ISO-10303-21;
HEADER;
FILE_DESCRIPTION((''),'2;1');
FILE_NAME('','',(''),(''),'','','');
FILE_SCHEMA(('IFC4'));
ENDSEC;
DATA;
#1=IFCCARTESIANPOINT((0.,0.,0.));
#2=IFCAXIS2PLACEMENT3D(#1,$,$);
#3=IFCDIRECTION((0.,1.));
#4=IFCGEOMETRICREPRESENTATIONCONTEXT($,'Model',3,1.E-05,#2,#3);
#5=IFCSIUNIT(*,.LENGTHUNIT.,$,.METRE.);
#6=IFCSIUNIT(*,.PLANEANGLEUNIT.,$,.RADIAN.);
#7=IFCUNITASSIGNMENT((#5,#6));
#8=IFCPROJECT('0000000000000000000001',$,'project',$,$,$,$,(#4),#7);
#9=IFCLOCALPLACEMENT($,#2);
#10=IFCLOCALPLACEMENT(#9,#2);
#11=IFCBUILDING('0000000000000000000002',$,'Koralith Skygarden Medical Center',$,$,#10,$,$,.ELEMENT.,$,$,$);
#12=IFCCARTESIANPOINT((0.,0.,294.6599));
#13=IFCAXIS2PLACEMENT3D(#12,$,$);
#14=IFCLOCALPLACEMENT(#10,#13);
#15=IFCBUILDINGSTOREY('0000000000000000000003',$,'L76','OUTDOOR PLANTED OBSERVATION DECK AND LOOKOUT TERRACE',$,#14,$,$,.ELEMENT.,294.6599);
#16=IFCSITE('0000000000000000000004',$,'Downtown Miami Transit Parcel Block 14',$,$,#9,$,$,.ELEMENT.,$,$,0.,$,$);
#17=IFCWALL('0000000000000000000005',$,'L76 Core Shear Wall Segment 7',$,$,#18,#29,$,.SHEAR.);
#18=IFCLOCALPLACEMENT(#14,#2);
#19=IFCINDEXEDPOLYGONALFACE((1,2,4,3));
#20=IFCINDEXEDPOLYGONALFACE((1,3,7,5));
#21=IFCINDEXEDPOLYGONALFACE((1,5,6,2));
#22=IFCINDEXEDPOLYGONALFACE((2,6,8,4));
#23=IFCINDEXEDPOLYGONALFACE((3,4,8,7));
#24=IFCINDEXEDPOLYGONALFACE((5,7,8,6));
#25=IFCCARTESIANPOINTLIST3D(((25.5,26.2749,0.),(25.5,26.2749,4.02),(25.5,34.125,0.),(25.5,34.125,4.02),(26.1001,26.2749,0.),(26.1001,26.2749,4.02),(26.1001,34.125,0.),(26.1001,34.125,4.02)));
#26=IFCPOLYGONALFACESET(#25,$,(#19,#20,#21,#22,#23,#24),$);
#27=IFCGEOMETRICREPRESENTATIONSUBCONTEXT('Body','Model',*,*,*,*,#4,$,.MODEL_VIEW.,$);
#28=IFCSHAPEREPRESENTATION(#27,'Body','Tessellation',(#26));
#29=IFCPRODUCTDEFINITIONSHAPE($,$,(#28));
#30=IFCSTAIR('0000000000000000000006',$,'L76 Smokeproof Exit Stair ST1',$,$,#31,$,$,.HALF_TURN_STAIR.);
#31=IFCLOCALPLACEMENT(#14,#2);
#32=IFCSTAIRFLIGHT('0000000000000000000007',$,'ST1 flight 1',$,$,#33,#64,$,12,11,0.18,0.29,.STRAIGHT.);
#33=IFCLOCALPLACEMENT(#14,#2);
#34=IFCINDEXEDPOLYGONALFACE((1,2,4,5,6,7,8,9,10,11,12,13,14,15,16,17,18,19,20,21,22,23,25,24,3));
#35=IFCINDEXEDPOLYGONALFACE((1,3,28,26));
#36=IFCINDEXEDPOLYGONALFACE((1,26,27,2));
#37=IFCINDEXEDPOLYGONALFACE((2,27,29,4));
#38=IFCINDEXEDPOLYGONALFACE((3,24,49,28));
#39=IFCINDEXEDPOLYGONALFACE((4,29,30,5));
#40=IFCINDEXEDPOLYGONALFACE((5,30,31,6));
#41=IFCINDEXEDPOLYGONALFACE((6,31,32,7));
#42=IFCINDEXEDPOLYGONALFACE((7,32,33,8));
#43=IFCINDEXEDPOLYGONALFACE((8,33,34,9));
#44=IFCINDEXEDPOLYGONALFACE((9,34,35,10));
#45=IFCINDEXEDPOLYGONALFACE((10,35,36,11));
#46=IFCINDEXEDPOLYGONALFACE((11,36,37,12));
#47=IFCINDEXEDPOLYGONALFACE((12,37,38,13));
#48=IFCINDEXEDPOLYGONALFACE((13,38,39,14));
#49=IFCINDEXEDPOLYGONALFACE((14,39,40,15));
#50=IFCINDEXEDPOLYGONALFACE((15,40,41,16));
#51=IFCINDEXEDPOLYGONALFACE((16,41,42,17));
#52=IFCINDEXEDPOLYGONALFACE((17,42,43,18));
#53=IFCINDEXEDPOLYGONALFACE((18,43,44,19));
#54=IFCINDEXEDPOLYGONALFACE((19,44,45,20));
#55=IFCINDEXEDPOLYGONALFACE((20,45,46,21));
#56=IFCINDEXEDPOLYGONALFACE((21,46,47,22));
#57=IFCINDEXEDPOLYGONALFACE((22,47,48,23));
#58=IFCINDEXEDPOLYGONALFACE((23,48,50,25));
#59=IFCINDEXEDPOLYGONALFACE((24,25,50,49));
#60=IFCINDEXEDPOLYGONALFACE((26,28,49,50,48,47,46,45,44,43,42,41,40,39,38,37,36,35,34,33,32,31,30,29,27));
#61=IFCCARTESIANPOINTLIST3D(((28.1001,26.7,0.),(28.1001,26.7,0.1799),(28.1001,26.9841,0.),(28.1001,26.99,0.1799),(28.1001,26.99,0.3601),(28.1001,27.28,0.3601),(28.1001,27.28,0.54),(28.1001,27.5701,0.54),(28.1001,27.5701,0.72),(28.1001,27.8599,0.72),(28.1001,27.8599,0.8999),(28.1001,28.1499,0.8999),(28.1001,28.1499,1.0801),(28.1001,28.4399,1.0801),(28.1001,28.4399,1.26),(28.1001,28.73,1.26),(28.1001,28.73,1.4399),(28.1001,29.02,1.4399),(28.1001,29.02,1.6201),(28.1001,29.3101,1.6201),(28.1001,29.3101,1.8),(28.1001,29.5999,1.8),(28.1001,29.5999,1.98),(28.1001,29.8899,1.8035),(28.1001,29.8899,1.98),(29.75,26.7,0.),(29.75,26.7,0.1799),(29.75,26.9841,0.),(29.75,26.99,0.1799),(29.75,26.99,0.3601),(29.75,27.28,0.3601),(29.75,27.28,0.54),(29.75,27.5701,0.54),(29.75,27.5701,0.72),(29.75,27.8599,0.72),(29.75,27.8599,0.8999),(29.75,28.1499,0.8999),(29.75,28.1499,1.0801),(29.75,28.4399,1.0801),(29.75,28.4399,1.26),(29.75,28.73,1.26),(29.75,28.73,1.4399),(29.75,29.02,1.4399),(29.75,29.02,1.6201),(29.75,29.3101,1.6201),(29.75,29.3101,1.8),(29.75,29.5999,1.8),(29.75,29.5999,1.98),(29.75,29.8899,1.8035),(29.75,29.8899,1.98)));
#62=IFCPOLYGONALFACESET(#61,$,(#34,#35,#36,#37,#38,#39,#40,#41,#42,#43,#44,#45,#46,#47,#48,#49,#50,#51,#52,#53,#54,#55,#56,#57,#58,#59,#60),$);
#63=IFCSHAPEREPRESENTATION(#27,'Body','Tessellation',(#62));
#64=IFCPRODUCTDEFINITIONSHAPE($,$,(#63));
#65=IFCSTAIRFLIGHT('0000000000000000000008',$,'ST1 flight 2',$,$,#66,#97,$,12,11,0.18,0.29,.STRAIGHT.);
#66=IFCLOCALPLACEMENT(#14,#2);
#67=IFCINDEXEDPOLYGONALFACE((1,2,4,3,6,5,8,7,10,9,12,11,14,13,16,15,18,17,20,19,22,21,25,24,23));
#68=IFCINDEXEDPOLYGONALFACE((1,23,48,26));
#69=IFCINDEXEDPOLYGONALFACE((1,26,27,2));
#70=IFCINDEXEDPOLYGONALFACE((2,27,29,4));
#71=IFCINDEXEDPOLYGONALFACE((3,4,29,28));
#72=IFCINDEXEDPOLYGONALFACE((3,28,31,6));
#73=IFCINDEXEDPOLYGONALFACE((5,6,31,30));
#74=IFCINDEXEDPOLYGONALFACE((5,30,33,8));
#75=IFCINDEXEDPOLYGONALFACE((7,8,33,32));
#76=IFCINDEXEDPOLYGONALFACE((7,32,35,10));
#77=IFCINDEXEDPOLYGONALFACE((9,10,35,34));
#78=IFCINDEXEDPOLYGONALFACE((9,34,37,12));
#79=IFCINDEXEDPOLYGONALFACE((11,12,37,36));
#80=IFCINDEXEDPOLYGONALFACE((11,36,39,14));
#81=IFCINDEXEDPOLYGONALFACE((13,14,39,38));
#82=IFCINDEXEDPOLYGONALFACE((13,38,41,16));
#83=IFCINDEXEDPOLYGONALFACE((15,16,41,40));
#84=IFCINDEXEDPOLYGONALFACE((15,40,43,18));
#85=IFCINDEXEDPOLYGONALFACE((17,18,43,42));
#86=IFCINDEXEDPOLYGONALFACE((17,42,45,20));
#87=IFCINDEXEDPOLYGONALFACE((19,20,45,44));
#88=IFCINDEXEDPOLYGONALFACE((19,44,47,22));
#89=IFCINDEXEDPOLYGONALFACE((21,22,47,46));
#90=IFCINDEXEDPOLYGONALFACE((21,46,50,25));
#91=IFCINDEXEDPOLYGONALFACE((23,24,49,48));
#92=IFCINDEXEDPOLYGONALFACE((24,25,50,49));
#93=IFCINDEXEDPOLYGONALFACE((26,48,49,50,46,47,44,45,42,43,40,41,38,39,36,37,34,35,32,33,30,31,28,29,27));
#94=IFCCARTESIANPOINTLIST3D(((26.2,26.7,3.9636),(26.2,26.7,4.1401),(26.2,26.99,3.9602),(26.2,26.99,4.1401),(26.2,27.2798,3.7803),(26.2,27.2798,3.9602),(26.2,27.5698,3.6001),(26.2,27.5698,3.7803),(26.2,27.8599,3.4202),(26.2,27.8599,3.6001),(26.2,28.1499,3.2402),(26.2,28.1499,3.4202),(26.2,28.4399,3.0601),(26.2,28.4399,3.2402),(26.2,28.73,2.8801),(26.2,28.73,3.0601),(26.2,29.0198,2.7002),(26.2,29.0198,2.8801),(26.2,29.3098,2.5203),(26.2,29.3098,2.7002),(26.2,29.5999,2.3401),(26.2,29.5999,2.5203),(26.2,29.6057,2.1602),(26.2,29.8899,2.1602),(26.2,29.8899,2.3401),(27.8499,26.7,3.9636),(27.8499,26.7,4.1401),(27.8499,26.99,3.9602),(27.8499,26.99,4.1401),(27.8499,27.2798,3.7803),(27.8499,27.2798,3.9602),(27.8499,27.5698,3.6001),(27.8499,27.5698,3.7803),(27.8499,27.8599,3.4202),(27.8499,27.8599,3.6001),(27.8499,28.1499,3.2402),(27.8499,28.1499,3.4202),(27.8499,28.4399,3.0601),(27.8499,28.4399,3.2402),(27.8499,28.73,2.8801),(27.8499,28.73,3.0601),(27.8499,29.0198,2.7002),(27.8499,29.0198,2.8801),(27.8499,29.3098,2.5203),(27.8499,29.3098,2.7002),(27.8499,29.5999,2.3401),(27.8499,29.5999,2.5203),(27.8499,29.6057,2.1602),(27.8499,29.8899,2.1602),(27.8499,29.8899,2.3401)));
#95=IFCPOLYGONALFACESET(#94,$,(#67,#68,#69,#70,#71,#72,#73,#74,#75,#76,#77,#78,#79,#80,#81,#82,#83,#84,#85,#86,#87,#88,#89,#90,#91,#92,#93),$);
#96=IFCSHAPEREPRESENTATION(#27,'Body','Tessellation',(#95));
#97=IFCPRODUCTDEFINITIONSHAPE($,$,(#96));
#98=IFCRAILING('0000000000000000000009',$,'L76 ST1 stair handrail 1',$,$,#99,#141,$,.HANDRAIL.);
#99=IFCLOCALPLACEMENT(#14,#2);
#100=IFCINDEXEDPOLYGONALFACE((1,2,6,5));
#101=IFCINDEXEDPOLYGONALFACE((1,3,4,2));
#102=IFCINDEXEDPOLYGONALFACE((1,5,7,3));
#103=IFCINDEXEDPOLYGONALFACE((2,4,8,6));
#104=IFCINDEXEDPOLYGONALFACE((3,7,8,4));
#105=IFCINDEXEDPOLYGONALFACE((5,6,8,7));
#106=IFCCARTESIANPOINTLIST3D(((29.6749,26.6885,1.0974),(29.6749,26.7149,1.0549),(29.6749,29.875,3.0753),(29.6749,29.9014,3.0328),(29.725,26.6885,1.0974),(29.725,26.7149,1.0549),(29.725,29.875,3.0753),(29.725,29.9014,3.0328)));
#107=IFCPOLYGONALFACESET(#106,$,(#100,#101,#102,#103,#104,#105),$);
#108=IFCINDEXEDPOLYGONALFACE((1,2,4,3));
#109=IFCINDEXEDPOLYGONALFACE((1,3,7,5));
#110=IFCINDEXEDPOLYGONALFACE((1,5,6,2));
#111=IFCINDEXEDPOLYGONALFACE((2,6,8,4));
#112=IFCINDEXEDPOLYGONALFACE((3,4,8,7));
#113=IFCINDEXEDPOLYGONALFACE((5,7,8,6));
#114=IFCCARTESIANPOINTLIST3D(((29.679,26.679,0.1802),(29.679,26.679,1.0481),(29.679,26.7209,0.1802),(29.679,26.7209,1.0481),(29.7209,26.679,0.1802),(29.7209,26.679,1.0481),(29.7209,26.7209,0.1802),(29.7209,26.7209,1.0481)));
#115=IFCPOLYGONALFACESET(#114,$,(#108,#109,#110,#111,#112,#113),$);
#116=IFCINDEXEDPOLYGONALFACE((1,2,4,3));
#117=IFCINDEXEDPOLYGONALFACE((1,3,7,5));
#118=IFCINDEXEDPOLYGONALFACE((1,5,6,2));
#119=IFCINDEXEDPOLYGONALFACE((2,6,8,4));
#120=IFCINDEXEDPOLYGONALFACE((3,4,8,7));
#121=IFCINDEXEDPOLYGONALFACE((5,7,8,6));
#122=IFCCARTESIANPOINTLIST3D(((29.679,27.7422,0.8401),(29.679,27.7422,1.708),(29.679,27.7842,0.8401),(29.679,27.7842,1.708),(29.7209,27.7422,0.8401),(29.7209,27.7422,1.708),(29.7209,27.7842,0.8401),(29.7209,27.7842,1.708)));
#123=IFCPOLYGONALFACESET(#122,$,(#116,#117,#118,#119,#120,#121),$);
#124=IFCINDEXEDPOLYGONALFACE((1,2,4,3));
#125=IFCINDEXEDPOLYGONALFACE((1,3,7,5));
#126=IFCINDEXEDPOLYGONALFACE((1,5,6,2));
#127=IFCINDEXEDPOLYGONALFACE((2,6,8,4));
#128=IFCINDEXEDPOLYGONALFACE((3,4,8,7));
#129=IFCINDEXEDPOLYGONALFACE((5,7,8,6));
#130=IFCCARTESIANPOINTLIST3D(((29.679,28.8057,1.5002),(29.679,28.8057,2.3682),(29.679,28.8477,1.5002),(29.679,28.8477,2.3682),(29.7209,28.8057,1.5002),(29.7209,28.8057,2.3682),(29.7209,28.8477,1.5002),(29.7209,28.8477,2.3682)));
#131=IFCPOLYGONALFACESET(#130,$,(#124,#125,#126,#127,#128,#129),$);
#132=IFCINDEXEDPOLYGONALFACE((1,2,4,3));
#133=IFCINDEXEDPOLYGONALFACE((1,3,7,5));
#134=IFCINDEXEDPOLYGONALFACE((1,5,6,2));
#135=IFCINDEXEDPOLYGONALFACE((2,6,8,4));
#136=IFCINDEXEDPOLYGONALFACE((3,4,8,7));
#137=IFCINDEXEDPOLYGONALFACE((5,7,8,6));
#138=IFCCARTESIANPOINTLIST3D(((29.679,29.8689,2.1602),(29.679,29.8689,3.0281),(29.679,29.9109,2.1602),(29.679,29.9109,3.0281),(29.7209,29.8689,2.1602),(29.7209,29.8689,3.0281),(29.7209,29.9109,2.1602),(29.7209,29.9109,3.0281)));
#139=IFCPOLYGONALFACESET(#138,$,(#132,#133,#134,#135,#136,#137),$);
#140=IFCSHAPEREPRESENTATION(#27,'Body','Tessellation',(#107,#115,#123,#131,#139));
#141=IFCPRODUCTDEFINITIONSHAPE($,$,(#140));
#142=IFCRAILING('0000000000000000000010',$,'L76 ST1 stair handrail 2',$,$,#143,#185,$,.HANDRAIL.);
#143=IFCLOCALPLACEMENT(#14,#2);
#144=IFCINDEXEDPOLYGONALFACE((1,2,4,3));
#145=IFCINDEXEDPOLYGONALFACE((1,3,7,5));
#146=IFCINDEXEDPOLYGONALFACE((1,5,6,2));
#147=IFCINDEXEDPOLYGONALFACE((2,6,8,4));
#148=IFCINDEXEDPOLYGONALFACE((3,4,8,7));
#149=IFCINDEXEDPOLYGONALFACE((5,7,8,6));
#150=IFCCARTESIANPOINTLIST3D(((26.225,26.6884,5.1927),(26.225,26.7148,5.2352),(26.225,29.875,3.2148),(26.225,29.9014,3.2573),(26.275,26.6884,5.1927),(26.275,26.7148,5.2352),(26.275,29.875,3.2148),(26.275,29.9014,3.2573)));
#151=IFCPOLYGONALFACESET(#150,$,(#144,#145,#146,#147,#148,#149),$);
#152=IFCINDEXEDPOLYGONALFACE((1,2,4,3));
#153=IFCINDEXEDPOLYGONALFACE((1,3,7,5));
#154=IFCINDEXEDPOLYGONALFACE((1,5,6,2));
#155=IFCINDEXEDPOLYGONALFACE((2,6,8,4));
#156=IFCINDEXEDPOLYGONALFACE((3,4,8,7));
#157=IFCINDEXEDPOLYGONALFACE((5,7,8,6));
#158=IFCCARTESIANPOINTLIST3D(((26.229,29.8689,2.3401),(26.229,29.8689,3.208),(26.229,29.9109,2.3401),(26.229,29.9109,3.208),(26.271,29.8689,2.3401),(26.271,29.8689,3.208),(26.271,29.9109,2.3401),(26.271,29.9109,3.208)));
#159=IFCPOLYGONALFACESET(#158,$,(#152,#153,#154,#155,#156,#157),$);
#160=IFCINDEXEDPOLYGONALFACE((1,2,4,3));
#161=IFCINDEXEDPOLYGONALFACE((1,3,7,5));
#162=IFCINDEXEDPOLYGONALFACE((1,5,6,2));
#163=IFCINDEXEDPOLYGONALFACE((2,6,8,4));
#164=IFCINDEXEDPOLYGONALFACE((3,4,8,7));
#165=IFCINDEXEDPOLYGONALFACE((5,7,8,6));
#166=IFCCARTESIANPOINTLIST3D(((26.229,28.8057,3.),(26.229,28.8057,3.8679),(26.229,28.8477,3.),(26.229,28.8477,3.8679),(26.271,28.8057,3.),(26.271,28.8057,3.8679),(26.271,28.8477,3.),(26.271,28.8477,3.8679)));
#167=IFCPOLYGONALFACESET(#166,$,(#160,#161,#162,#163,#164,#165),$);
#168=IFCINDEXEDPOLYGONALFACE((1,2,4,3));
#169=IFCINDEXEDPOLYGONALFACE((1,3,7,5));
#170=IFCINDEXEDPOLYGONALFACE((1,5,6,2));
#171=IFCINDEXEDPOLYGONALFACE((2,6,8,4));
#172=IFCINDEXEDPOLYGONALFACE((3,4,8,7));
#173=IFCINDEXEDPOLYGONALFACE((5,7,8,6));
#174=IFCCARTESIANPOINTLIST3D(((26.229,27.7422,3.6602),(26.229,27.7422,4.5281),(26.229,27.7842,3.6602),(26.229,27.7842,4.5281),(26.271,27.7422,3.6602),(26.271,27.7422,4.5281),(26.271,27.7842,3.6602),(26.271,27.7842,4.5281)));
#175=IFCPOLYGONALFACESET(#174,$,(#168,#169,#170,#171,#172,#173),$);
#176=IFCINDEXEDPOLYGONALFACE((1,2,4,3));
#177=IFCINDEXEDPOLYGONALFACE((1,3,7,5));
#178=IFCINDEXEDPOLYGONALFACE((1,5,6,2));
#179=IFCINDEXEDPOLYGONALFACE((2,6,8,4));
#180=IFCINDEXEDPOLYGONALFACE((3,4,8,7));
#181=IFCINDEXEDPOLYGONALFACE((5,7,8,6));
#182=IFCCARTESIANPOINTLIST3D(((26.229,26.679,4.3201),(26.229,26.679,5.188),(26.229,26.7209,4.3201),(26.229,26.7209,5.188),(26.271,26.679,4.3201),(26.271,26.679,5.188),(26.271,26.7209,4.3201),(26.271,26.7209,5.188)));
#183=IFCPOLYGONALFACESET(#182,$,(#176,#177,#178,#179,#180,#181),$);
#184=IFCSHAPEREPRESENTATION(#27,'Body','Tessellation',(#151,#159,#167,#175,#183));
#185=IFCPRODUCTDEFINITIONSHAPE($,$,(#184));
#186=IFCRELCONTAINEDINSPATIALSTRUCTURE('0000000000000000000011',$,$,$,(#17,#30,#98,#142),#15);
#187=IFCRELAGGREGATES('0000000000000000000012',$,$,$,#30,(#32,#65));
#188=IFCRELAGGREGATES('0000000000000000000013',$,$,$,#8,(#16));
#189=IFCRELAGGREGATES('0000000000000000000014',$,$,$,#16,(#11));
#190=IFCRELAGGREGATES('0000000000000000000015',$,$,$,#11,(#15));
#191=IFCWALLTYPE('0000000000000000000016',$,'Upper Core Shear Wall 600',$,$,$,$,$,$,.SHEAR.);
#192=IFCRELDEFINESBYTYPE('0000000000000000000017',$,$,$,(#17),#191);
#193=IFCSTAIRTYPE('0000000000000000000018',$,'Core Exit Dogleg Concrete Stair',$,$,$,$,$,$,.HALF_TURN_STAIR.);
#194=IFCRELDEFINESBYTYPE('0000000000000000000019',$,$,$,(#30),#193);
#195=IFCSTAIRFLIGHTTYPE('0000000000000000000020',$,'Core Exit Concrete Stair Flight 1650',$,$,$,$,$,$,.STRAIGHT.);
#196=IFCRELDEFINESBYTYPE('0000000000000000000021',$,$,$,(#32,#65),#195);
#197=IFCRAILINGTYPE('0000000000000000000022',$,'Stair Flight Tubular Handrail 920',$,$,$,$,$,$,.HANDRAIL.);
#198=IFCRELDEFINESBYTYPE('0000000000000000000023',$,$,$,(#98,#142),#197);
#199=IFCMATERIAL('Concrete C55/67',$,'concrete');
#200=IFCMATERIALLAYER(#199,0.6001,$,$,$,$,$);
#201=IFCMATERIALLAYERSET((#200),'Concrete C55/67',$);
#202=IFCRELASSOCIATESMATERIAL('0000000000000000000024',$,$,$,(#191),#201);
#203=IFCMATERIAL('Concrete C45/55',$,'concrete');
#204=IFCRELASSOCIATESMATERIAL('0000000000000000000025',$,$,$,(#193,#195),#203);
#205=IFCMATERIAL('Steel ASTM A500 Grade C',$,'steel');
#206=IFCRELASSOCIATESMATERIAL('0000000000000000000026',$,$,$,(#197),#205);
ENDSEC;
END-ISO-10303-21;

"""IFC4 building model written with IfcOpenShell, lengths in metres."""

from ifc_helpers import new_model, si_unit, direction, frame, frame_2d, origin, origin_2d, place, context, subcontext, project, spatial, polyline, rectangle, outline, extrude, material, layer, layer_set, type_object, element, aggregate, save


model = new_model("IFC4")

# Units and contexts
model_context = context("Model", 3, precision=1e-05, world=origin(), true_north=direction((0.0, 1.0)))
body_context = subcontext(model_context, "Body", "Model", "MODEL_VIEW")
ifc_project = project(units=[si_unit("LENGTHUNIT", "METRE"), si_unit("PLANEANGLEUNIT", "RADIAN")], contexts=[model_context])

# Site, building, storey
site_placement = place(None, origin())
site = spatial("IfcSite", under=ifc_project, at=site_placement, Name="Downtown Miami Transit Parcel Block 14", CompositionType="ELEMENT", RefElevation=0.0)
building_placement = place(site_placement, origin())
building = spatial("IfcBuilding", under=site, at=building_placement, Name="Koralith Skygarden Medical Center", CompositionType="ELEMENT")
storey_placement = place(building_placement, frame((0.0, 0.0, 294.6599)))
storey = spatial("IfcBuildingStorey", under=building, at=storey_placement, Name="L76", Description="OUTDOOR PLANTED OBSERVATION DECK AND LOOKOUT TERRACE", CompositionType="ELEMENT", Elevation=294.6599)

# Shared definitions
ifc_material_1 = material(Name="Concrete C55/67", Category="concrete")

# Shared definitions
ifc_material_2 = material(Name="Concrete C45/55", Category="concrete")

# Wall
ifc_layer_1 = layer(ifc_material_1, 0.6001)
ifc_layer_set_1 = layer_set([ifc_layer_1], Name="Concrete C55/67")
wall_type_1 = type_object("IfcWallType", Name="Upper Core Shear Wall 600", PredefinedType="SHEAR", material=ifc_layer_set_1)
wall_1_placement = place(storey_placement, frame((25.8, 34.125, 0.0), z_axis=(0.0, 0.0, 1.0), x_axis=(0.0, -1.0, 0.0)))
element("IfcWall", 1, at=wall_1_placement, inside=storey, type_object=wall_type_1, Name="L76 Core Shear Wall Segment 7", PredefinedType="SHEAR", context=body_context, shape_type="SweptSolid", body=[
    extrude(rectangle(XDim=7.8501, YDim=0.6001, at=frame_2d((3.925, 0.0))), origin(), (0.0, 0.0, 1.0), 4.02),
])

# Stair, stair flights
stair_type = type_object("IfcStairType", Name="Core Exit Dogleg Concrete Stair", PredefinedType="HALF_TURN_STAIR", material=ifc_material_2)
stair_placement = place(storey_placement, origin())
stair = element("IfcStair", 2, at=stair_placement, inside=storey, type_object=stair_type, Name="L76 Smokeproof Exit Stair ST1", PredefinedType="HALF_TURN_STAIR")
stair_flight_type = type_object("IfcStairFlightType", Name="Core Exit Concrete Stair Flight 1650", PredefinedType="STRAIGHT", material=ifc_material_2)
stair_flight_1_placement = place(storey_placement, frame((28.925, 26.7, 0.0), z_axis=(0.0, 0.0, 1.0), x_axis=(0.0, 1.0, 0.0)))
stair_flight_1 = element("IfcStairFlight", 3, at=stair_flight_1_placement, type_object=stair_flight_type, Name="ST1 flight 1", NumberOfRisers=12, NumberOfTreads=11, PredefinedType="STRAIGHT", RiserHeight=0.18, TreadLength=0.29, context=body_context, shape_type="SweptSolid", body=[
    extrude(outline(polyline([(0.0, 0.0), (0.0, 0.1799), (0.29, 0.1799), (0.29, 0.3601), (0.5801, 0.3601), (0.5801, 0.54), (0.8701, 0.54), (0.8701, 0.72), (1.1599, 0.72), (1.1599, 0.8999), (1.45, 0.8999), (1.45, 1.0801), (1.74, 1.0801), (1.74, 1.26), (2.03, 1.26), (2.03, 1.4399), (2.3201, 1.4399), (2.3201, 1.6201), (2.6101, 1.6201), (2.6101, 1.8), (2.8999, 1.8), (2.8999, 1.98), (3.1899, 1.98), (3.1899, 2.1599), (3.1899, 1.8035), (0.2842, 0.0), (0.0, 0.0)])), frame((0.0, 0.825, 0.0), z_axis=(0.0, -1.0, 0.0), x_axis=(1.0, 0.0, 0.0)), (0.0, 0.0, 1.0), 1.6499),
])
stair_flight_2_placement = place(storey_placement, frame((27.0249, 29.8899, 2.1602), z_axis=(0.0, 0.0, 1.0), x_axis=(0.0, -1.0, 0.0)))
stair_flight_2 = element("IfcStairFlight", 4, at=stair_flight_2_placement, type_object=stair_flight_type, Name="ST1 flight 2", NumberOfRisers=12, NumberOfTreads=11, PredefinedType="STRAIGHT", RiserHeight=0.18, TreadLength=0.29, context=body_context, shape_type="SweptSolid", body=[
    extrude(outline(polyline([(0.0, 0.0), (0.0, 0.1799), (0.29, 0.1799), (0.29, 0.3601), (0.5801, 0.3601), (0.5801, 0.54), (0.8701, 0.54), (0.8701, 0.72), (1.1599, 0.72), (1.1599, 0.8999), (1.45, 0.8999), (1.45, 1.0801), (1.74, 1.0801), (1.74, 1.26), (2.03, 1.26), (2.03, 1.4399), (2.3201, 1.4399), (2.3201, 1.6201), (2.6101, 1.6201), (2.6101, 1.8), (2.8999, 1.8), (2.8999, 1.98), (3.1899, 1.98), (3.1899, 2.1599), (3.1899, 1.8035), (0.2842, 0.0), (0.0, 0.0)])), frame((0.0, 0.825, 0.0), z_axis=(0.0, -1.0, 0.0), x_axis=(1.0, 0.0, 0.0)), (0.0, 0.0, 1.0), 1.6499),
])
aggregate(stair, [stair_flight_1, stair_flight_2])

# Railings
ifc_material_3 = material(Name="Steel ASTM A500 Grade C", Category="steel")
railing_type_1 = type_object("IfcRailingType", Name="Stair Flight Tubular Handrail 920", PredefinedType="HANDRAIL", material=ifc_material_3)
railing_1_placement = place(storey_placement, frame((29.7, 26.7, 0.1802)))
element("IfcRailing", 5, at=railing_1_placement, inside=storey, type_object=railing_type_1, Name="L76 ST1 stair handrail 1", PredefinedType="HANDRAIL", context=body_context, shape_type="SweptSolid", body=[
    extrude(rectangle(XDim=0.05, YDim=0.05, at=origin_2d()), frame((0.0, 0.0017, 0.896), z_axis=(0.0, 0.849638, 0.527366), x_axis=(-1.0, 0.0, 0.0)), (0.0, 0.0, 1.0), 3.7505),
    extrude(rectangle(XDim=0.042, YDim=0.042, at=origin_2d()), origin(), (0.0, 0.0, 1.0), 0.8679),
    extrude(rectangle(XDim=0.042, YDim=0.042, at=origin_2d()), frame((0.0, 1.0632, 0.6599)), (0.0, 0.0, 1.0), 0.8679),
    extrude(rectangle(XDim=0.042, YDim=0.042, at=origin_2d()), frame((0.0, 2.1267, 1.3201)), (0.0, 0.0, 1.0), 0.8679),
    extrude(rectangle(XDim=0.042, YDim=0.042, at=origin_2d()), frame((0.0, 3.1899, 1.98)), (0.0, 0.0, 1.0), 0.8679),
])
railing_2_placement = place(storey_placement, frame((26.25, 29.8899, 2.3401)))
element("IfcRailing", 6, at=railing_2_placement, inside=storey, type_object=railing_type_1, Name="L76 ST1 stair handrail 2", PredefinedType="HANDRAIL", context=body_context, shape_type="SweptSolid", body=[
    extrude(rectangle(XDim=0.05, YDim=0.05, at=origin_2d()), frame((0.0, -0.0017, 0.896), z_axis=(0.0, -0.849638, 0.527366), x_axis=(1.0, 0.0, 0.0)), (0.0, 0.0, 1.0), 3.7505),
    extrude(rectangle(XDim=0.042, YDim=0.042, at=origin_2d()), origin(), (0.0, 0.0, 1.0), 0.8679),
    extrude(rectangle(XDim=0.042, YDim=0.042, at=origin_2d()), frame((0.0, -1.0632, 0.6599)), (0.0, 0.0, 1.0), 0.8679),
    extrude(rectangle(XDim=0.042, YDim=0.042, at=origin_2d()), frame((0.0, -2.1267, 1.3201)), (0.0, 0.0, 1.0), 0.8679),
    extrude(rectangle(XDim=0.042, YDim=0.042, at=origin_2d()), frame((0.0, -3.1899, 1.98)), (0.0, 0.0, 1.0), 0.8679),
])

save(model, "model.ifc")
